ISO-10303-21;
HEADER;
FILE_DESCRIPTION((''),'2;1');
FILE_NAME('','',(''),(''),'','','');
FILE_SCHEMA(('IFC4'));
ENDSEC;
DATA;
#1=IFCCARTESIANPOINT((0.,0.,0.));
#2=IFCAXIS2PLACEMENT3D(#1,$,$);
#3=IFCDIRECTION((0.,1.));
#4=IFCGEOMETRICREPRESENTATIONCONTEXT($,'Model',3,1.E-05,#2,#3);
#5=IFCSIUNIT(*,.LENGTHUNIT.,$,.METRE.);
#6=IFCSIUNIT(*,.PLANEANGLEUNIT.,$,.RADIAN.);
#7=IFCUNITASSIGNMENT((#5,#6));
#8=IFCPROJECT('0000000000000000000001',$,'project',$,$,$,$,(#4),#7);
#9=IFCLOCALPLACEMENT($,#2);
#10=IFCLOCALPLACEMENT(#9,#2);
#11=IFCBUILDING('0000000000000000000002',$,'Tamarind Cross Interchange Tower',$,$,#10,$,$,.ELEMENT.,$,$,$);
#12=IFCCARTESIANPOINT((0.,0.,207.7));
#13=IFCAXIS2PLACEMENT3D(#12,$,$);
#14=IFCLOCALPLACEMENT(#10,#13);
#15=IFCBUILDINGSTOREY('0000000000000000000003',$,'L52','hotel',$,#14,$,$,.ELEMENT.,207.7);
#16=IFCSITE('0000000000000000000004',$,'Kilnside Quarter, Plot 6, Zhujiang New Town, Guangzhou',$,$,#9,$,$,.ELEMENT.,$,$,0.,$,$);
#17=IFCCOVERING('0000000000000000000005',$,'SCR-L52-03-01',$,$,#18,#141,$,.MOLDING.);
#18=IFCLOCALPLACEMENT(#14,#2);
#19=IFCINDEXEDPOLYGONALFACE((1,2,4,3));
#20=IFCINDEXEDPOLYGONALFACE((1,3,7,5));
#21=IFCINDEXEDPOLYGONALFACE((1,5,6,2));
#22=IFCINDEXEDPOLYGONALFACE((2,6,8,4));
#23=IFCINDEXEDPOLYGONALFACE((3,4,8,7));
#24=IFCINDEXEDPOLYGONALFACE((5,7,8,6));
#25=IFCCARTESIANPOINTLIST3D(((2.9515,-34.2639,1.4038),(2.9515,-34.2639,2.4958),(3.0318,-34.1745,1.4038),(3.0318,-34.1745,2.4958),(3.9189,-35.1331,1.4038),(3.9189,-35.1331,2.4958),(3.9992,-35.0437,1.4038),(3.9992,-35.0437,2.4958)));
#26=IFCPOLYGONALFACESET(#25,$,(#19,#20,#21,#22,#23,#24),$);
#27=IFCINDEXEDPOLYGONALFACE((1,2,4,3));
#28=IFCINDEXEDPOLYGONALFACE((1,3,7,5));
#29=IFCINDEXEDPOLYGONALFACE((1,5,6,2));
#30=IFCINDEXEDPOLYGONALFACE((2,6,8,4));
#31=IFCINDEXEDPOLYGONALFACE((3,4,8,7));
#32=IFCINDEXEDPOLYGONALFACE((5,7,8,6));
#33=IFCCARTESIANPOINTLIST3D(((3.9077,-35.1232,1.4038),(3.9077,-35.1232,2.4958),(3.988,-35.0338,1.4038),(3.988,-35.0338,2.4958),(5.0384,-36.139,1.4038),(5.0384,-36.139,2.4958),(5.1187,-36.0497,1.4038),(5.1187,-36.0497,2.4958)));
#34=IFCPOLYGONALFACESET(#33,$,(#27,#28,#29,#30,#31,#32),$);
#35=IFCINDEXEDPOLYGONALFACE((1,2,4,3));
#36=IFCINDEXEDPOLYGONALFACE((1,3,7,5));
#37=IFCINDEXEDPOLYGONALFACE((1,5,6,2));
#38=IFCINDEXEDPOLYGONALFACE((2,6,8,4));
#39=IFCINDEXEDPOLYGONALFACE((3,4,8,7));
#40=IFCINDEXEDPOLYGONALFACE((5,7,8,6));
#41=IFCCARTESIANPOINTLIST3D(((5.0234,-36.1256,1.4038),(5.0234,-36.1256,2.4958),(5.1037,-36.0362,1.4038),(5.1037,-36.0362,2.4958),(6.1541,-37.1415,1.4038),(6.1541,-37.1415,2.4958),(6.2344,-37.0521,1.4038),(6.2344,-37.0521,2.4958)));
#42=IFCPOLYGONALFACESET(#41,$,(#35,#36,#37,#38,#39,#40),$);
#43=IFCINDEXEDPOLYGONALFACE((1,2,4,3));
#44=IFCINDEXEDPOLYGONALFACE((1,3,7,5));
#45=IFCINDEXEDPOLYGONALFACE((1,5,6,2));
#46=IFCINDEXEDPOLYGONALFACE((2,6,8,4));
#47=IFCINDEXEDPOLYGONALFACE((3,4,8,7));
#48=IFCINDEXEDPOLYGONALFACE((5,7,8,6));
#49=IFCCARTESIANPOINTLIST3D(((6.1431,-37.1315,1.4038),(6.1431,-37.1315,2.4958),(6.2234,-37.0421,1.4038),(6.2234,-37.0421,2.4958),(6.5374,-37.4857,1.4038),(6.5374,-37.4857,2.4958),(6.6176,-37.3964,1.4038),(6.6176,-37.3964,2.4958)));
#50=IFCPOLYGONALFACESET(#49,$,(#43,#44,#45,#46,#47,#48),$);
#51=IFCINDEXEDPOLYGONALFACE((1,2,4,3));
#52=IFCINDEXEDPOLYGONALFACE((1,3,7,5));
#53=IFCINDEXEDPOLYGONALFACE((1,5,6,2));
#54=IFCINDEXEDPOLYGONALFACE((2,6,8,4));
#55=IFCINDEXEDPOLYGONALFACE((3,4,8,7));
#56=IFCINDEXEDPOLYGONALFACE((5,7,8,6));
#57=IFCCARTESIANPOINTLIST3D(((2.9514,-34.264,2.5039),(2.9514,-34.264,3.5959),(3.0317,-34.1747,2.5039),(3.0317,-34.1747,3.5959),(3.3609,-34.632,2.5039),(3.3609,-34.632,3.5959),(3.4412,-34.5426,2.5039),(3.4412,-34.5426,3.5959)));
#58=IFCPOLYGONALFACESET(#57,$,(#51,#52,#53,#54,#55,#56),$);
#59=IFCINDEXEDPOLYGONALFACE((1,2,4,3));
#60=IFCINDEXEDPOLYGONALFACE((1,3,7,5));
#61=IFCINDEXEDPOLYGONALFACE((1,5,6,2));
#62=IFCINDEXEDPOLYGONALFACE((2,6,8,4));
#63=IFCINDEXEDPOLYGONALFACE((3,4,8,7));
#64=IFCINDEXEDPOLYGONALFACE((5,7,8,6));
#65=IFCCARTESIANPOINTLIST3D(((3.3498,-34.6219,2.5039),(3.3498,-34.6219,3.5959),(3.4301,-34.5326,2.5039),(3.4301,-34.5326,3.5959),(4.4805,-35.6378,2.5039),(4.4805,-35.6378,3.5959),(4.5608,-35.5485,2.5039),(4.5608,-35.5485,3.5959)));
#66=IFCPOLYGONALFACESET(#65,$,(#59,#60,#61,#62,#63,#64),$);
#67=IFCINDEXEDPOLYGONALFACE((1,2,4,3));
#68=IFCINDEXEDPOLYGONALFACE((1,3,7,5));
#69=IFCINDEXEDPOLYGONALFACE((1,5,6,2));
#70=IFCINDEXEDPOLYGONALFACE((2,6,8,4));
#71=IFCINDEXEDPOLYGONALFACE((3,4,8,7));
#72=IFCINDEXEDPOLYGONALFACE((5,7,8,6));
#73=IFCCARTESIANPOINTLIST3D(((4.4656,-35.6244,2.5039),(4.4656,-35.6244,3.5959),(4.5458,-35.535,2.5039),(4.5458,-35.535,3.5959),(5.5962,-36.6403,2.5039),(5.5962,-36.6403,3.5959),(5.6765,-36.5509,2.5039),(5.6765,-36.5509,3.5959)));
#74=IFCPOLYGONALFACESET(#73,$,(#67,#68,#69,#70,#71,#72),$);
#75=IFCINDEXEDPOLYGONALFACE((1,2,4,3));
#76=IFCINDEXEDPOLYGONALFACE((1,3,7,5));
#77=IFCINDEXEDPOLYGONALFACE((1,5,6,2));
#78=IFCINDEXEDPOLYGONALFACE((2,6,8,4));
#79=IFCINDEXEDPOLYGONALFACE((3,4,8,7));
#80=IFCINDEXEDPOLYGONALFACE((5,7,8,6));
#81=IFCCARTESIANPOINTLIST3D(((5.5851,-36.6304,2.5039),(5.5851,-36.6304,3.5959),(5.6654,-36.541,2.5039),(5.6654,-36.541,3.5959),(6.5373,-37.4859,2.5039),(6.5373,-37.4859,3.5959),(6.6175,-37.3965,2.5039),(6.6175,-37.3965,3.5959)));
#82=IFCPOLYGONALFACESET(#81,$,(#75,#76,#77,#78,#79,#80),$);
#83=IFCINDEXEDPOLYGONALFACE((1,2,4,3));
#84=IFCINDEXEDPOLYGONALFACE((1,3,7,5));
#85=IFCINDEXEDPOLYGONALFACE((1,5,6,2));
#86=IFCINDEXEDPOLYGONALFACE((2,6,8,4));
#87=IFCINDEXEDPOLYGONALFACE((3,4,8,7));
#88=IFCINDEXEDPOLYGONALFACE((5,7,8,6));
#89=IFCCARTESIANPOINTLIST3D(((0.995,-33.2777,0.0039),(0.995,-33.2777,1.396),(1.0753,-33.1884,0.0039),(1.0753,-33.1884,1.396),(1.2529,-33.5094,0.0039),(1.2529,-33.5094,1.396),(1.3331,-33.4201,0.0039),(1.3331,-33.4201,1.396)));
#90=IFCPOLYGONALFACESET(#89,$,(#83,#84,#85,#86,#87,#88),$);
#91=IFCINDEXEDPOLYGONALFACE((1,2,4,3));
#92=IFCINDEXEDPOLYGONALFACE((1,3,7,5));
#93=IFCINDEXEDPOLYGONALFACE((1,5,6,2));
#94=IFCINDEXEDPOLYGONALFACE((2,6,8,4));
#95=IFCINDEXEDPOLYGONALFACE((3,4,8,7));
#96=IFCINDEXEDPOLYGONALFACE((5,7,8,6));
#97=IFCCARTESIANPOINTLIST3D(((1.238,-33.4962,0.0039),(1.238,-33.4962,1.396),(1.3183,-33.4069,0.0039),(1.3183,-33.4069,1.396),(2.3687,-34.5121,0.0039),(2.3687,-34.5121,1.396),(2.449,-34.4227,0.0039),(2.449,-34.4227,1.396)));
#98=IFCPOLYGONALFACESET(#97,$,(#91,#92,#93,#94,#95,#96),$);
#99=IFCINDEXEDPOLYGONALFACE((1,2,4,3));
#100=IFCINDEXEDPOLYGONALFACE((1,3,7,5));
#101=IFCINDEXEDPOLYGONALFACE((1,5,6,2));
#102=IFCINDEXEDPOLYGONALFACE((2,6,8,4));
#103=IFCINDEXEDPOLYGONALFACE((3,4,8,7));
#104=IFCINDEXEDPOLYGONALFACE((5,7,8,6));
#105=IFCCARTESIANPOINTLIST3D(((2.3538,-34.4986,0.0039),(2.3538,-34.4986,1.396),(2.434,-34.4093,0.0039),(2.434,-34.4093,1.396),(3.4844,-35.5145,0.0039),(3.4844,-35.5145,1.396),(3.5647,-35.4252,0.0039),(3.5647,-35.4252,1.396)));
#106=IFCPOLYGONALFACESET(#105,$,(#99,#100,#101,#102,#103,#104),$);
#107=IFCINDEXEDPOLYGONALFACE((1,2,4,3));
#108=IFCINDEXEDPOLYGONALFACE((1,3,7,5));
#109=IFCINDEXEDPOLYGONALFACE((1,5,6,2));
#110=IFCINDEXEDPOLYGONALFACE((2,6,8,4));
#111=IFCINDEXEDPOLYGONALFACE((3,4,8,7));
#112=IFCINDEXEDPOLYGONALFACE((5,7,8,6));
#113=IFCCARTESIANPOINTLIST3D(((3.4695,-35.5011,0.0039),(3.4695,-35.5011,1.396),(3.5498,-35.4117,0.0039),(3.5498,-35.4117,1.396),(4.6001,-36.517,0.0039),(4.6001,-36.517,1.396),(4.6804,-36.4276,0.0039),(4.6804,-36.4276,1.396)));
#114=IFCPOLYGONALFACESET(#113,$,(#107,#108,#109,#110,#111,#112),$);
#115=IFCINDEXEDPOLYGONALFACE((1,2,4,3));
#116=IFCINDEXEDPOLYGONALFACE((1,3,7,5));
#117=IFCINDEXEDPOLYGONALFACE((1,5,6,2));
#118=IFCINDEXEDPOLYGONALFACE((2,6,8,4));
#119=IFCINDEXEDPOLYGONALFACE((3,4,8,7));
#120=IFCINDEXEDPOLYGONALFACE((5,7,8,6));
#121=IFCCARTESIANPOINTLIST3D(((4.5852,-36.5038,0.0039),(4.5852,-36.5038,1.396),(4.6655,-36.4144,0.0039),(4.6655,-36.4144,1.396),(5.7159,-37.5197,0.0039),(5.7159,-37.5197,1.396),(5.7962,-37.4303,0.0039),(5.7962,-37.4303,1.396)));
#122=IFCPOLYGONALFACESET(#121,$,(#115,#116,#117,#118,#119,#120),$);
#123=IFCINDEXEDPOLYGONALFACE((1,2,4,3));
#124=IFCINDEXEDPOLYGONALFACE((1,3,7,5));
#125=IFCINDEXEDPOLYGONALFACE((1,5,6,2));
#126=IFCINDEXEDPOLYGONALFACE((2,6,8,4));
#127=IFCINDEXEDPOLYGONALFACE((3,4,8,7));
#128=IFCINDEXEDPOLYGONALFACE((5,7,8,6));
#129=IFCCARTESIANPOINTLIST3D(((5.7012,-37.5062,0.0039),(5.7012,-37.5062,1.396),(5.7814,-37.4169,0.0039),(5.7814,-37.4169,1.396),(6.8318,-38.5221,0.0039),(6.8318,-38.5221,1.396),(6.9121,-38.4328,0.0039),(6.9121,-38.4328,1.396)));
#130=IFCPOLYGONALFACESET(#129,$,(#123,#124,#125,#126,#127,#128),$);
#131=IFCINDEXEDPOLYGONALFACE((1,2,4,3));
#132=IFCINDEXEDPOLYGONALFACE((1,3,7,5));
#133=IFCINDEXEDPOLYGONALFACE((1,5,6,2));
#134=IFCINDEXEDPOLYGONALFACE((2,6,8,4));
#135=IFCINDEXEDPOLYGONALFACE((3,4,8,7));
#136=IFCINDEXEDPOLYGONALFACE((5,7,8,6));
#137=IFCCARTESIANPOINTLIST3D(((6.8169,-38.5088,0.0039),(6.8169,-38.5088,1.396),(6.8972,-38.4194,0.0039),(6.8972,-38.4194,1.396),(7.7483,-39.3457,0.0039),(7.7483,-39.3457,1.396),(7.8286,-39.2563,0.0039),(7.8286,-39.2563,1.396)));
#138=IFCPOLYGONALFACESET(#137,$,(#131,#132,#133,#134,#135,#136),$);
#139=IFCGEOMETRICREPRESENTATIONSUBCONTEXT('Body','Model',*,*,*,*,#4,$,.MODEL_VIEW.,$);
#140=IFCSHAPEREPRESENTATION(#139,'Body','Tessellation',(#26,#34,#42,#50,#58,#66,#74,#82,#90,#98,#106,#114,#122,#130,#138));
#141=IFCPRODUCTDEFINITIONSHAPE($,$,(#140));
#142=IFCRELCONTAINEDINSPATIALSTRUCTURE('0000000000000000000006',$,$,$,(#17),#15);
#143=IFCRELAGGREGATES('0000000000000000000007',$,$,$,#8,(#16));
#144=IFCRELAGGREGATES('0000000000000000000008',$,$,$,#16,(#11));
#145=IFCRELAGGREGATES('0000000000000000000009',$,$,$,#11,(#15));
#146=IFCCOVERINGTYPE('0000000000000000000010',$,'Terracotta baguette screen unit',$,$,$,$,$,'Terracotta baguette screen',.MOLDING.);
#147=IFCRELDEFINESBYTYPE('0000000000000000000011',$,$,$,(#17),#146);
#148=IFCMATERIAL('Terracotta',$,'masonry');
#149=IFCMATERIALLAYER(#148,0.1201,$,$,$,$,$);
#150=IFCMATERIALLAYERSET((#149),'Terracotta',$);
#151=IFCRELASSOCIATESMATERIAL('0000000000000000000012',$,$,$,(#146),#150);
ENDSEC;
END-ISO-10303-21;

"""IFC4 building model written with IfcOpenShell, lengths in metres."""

from ifc_helpers import new_model, si_unit, direction, frame, origin, origin_2d, place, context, subcontext, project, spatial, rectangle, extrude, material, layer, layer_set, type_object, element, save


model = new_model("IFC4")

# Units and contexts
model_context = context("Model", 3, precision=1e-05, world=origin(), true_north=direction((0.0, 1.0)))
body_context = subcontext(model_context, "Body", "Model", "MODEL_VIEW")
ifc_project = project(units=[si_unit("LENGTHUNIT", "METRE"), si_unit("PLANEANGLEUNIT", "RADIAN")], contexts=[model_context])

# Site, building, storey
site_placement = place(None, origin())
site = spatial("IfcSite", under=ifc_project, at=site_placement, Name="Kilnside Quarter, Plot 6, Zhujiang New Town, Guangzhou", CompositionType="ELEMENT", RefElevation=0.0)
building_placement = place(site_placement, origin())
building = spatial("IfcBuilding", under=site, at=building_placement, Name="Tamarind Cross Interchange Tower", CompositionType="ELEMENT")
storey_placement = place(building_placement, frame((0.0, 0.0, 207.7)))
storey = spatial("IfcBuildingStorey", under=building, at=storey_placement, Name="L52", Description="hotel", CompositionType="ELEMENT", Elevation=207.7)

# Covering
ifc_material_1 = material(Name="Terracotta", Category="masonry")
ifc_layer_1 = layer(ifc_material_1, 0.1201)
ifc_layer_set_1 = layer_set([ifc_layer_1], Name="Terracotta")
covering_type = type_object("IfcCoveringType", Name="Terracotta baguette screen unit", ElementType="Terracotta baguette screen", PredefinedType="MOLDING", material=ifc_layer_set_1)
covering_1_placement = place(storey_placement, origin())
element("IfcCovering", 1, at=covering_1_placement, inside=storey, type_object=covering_type, Name="SCR-L52-03-01", PredefinedType="MOLDING", context=body_context, shape_type="SweptSolid", body=[
    extrude(rectangle(XDim=1.3005, YDim=0.1201, at=origin_2d()), frame((3.4753, -34.6538, 1.4038), z_axis=(0.0, 0.0, 1.0), x_axis=(0.743854, -0.668342, 0.0)), (0.0, 0.0, 1.0), 1.092),
    extrude(rectangle(XDim=1.52, YDim=0.1201, at=origin_2d()), frame((4.5132, -35.5864, 1.4038), z_axis=(0.0, 0.0, 1.0), x_axis=(0.743854, -0.668342, 0.0)), (0.0, 0.0, 1.0), 1.092),
    extrude(rectangle(XDim=1.52, YDim=0.1201, at=origin_2d()), frame((5.6289, -36.5889, 1.4038), z_axis=(0.0, 0.0, 1.0), x_axis=(0.743854, -0.668342, 0.0)), (0.0, 0.0, 1.0), 1.092),
    extrude(rectangle(XDim=0.53, YDim=0.1201, at=origin_2d()), frame((6.3804, -37.2639, 1.4038), z_axis=(0.0, 0.0, 1.0), x_axis=(0.743854, -0.668342, 0.0)), (0.0, 0.0, 1.0), 1.092),
    extrude(rectangle(XDim=0.5505, YDim=0.1201, at=origin_2d()), frame((3.1963, -34.4033, 2.5039), z_axis=(0.0, 0.0, 1.0), x_axis=(0.743854, -0.668342, 0.0)), (0.0, 0.0, 1.0), 1.092),
    extrude(rectangle(XDim=1.52, YDim=0.1201, at=origin_2d()), frame((3.9553, -35.0852, 2.5039), z_axis=(0.0, 0.0, 1.0), x_axis=(0.743854, -0.668342, 0.0)), (0.0, 0.0, 1.0), 1.092),
    extrude(rectangle(XDim=1.52, YDim=0.1201, at=origin_2d()), frame((5.071, -36.0876, 2.5039), z_axis=(0.0, 0.0, 1.0), x_axis=(0.743854, -0.668342, 0.0)), (0.0, 0.0, 1.0), 1.092),
    extrude(rectangle(XDim=1.28, YDim=0.1201, at=origin_2d()), frame((6.1013, -37.0134, 2.5039), z_axis=(0.0, 0.0, 1.0), x_axis=(0.743854, -0.668342, 0.0)), (0.0, 0.0, 1.0), 1.092),
    extrude(rectangle(XDim=0.3467, YDim=0.1201, at=origin_2d()), frame((1.1641, -33.3489, 0.0039), z_axis=(0.0, 0.0, 1.0), x_axis=(0.743854, -0.668342, 0.0)), (0.0, 0.0, 1.0), 1.3921),
    extrude(rectangle(XDim=1.52, YDim=0.1201, at=origin_2d()), frame((1.8435, -33.9595, 0.0039), z_axis=(0.0, 0.0, 1.0), x_axis=(0.743854, -0.668342, 0.0)), (0.0, 0.0, 1.0), 1.3921),
    extrude(rectangle(XDim=1.52, YDim=0.1201, at=origin_2d()), frame((2.9592, -34.9619, 0.0039), z_axis=(0.0, 0.0, 1.0), x_axis=(0.743854, -0.668342, 0.0)), (0.0, 0.0, 1.0), 1.3921),
    extrude(rectangle(XDim=1.52, YDim=0.1201, at=origin_2d()), frame((4.075, -35.9644, 0.0039), z_axis=(0.0, 0.0, 1.0), x_axis=(0.743854, -0.668342, 0.0)), (0.0, 0.0, 1.0), 1.3921),
    extrude(rectangle(XDim=1.52, YDim=0.1201, at=origin_2d()), frame((5.1907, -36.967, 0.0039), z_axis=(0.0, 0.0, 1.0), x_axis=(0.743854, -0.668342, 0.0)), (0.0, 0.0, 1.0), 1.3921),
    extrude(rectangle(XDim=1.52, YDim=0.1201, at=origin_2d()), frame((6.3066, -37.9695, 0.0039), z_axis=(0.0, 0.0, 1.0), x_axis=(0.743854, -0.668342, 0.0)), (0.0, 0.0, 1.0), 1.3921),
    extrude(rectangle(XDim=1.2522, YDim=0.1201, at=origin_2d()), frame((7.3228, -38.8826, 0.0039), z_axis=(0.0, 0.0, 1.0), x_axis=(0.743854, -0.668342, 0.0)), (0.0, 0.0, 1.0), 1.3921),
])

save(model, "model.ifc")
